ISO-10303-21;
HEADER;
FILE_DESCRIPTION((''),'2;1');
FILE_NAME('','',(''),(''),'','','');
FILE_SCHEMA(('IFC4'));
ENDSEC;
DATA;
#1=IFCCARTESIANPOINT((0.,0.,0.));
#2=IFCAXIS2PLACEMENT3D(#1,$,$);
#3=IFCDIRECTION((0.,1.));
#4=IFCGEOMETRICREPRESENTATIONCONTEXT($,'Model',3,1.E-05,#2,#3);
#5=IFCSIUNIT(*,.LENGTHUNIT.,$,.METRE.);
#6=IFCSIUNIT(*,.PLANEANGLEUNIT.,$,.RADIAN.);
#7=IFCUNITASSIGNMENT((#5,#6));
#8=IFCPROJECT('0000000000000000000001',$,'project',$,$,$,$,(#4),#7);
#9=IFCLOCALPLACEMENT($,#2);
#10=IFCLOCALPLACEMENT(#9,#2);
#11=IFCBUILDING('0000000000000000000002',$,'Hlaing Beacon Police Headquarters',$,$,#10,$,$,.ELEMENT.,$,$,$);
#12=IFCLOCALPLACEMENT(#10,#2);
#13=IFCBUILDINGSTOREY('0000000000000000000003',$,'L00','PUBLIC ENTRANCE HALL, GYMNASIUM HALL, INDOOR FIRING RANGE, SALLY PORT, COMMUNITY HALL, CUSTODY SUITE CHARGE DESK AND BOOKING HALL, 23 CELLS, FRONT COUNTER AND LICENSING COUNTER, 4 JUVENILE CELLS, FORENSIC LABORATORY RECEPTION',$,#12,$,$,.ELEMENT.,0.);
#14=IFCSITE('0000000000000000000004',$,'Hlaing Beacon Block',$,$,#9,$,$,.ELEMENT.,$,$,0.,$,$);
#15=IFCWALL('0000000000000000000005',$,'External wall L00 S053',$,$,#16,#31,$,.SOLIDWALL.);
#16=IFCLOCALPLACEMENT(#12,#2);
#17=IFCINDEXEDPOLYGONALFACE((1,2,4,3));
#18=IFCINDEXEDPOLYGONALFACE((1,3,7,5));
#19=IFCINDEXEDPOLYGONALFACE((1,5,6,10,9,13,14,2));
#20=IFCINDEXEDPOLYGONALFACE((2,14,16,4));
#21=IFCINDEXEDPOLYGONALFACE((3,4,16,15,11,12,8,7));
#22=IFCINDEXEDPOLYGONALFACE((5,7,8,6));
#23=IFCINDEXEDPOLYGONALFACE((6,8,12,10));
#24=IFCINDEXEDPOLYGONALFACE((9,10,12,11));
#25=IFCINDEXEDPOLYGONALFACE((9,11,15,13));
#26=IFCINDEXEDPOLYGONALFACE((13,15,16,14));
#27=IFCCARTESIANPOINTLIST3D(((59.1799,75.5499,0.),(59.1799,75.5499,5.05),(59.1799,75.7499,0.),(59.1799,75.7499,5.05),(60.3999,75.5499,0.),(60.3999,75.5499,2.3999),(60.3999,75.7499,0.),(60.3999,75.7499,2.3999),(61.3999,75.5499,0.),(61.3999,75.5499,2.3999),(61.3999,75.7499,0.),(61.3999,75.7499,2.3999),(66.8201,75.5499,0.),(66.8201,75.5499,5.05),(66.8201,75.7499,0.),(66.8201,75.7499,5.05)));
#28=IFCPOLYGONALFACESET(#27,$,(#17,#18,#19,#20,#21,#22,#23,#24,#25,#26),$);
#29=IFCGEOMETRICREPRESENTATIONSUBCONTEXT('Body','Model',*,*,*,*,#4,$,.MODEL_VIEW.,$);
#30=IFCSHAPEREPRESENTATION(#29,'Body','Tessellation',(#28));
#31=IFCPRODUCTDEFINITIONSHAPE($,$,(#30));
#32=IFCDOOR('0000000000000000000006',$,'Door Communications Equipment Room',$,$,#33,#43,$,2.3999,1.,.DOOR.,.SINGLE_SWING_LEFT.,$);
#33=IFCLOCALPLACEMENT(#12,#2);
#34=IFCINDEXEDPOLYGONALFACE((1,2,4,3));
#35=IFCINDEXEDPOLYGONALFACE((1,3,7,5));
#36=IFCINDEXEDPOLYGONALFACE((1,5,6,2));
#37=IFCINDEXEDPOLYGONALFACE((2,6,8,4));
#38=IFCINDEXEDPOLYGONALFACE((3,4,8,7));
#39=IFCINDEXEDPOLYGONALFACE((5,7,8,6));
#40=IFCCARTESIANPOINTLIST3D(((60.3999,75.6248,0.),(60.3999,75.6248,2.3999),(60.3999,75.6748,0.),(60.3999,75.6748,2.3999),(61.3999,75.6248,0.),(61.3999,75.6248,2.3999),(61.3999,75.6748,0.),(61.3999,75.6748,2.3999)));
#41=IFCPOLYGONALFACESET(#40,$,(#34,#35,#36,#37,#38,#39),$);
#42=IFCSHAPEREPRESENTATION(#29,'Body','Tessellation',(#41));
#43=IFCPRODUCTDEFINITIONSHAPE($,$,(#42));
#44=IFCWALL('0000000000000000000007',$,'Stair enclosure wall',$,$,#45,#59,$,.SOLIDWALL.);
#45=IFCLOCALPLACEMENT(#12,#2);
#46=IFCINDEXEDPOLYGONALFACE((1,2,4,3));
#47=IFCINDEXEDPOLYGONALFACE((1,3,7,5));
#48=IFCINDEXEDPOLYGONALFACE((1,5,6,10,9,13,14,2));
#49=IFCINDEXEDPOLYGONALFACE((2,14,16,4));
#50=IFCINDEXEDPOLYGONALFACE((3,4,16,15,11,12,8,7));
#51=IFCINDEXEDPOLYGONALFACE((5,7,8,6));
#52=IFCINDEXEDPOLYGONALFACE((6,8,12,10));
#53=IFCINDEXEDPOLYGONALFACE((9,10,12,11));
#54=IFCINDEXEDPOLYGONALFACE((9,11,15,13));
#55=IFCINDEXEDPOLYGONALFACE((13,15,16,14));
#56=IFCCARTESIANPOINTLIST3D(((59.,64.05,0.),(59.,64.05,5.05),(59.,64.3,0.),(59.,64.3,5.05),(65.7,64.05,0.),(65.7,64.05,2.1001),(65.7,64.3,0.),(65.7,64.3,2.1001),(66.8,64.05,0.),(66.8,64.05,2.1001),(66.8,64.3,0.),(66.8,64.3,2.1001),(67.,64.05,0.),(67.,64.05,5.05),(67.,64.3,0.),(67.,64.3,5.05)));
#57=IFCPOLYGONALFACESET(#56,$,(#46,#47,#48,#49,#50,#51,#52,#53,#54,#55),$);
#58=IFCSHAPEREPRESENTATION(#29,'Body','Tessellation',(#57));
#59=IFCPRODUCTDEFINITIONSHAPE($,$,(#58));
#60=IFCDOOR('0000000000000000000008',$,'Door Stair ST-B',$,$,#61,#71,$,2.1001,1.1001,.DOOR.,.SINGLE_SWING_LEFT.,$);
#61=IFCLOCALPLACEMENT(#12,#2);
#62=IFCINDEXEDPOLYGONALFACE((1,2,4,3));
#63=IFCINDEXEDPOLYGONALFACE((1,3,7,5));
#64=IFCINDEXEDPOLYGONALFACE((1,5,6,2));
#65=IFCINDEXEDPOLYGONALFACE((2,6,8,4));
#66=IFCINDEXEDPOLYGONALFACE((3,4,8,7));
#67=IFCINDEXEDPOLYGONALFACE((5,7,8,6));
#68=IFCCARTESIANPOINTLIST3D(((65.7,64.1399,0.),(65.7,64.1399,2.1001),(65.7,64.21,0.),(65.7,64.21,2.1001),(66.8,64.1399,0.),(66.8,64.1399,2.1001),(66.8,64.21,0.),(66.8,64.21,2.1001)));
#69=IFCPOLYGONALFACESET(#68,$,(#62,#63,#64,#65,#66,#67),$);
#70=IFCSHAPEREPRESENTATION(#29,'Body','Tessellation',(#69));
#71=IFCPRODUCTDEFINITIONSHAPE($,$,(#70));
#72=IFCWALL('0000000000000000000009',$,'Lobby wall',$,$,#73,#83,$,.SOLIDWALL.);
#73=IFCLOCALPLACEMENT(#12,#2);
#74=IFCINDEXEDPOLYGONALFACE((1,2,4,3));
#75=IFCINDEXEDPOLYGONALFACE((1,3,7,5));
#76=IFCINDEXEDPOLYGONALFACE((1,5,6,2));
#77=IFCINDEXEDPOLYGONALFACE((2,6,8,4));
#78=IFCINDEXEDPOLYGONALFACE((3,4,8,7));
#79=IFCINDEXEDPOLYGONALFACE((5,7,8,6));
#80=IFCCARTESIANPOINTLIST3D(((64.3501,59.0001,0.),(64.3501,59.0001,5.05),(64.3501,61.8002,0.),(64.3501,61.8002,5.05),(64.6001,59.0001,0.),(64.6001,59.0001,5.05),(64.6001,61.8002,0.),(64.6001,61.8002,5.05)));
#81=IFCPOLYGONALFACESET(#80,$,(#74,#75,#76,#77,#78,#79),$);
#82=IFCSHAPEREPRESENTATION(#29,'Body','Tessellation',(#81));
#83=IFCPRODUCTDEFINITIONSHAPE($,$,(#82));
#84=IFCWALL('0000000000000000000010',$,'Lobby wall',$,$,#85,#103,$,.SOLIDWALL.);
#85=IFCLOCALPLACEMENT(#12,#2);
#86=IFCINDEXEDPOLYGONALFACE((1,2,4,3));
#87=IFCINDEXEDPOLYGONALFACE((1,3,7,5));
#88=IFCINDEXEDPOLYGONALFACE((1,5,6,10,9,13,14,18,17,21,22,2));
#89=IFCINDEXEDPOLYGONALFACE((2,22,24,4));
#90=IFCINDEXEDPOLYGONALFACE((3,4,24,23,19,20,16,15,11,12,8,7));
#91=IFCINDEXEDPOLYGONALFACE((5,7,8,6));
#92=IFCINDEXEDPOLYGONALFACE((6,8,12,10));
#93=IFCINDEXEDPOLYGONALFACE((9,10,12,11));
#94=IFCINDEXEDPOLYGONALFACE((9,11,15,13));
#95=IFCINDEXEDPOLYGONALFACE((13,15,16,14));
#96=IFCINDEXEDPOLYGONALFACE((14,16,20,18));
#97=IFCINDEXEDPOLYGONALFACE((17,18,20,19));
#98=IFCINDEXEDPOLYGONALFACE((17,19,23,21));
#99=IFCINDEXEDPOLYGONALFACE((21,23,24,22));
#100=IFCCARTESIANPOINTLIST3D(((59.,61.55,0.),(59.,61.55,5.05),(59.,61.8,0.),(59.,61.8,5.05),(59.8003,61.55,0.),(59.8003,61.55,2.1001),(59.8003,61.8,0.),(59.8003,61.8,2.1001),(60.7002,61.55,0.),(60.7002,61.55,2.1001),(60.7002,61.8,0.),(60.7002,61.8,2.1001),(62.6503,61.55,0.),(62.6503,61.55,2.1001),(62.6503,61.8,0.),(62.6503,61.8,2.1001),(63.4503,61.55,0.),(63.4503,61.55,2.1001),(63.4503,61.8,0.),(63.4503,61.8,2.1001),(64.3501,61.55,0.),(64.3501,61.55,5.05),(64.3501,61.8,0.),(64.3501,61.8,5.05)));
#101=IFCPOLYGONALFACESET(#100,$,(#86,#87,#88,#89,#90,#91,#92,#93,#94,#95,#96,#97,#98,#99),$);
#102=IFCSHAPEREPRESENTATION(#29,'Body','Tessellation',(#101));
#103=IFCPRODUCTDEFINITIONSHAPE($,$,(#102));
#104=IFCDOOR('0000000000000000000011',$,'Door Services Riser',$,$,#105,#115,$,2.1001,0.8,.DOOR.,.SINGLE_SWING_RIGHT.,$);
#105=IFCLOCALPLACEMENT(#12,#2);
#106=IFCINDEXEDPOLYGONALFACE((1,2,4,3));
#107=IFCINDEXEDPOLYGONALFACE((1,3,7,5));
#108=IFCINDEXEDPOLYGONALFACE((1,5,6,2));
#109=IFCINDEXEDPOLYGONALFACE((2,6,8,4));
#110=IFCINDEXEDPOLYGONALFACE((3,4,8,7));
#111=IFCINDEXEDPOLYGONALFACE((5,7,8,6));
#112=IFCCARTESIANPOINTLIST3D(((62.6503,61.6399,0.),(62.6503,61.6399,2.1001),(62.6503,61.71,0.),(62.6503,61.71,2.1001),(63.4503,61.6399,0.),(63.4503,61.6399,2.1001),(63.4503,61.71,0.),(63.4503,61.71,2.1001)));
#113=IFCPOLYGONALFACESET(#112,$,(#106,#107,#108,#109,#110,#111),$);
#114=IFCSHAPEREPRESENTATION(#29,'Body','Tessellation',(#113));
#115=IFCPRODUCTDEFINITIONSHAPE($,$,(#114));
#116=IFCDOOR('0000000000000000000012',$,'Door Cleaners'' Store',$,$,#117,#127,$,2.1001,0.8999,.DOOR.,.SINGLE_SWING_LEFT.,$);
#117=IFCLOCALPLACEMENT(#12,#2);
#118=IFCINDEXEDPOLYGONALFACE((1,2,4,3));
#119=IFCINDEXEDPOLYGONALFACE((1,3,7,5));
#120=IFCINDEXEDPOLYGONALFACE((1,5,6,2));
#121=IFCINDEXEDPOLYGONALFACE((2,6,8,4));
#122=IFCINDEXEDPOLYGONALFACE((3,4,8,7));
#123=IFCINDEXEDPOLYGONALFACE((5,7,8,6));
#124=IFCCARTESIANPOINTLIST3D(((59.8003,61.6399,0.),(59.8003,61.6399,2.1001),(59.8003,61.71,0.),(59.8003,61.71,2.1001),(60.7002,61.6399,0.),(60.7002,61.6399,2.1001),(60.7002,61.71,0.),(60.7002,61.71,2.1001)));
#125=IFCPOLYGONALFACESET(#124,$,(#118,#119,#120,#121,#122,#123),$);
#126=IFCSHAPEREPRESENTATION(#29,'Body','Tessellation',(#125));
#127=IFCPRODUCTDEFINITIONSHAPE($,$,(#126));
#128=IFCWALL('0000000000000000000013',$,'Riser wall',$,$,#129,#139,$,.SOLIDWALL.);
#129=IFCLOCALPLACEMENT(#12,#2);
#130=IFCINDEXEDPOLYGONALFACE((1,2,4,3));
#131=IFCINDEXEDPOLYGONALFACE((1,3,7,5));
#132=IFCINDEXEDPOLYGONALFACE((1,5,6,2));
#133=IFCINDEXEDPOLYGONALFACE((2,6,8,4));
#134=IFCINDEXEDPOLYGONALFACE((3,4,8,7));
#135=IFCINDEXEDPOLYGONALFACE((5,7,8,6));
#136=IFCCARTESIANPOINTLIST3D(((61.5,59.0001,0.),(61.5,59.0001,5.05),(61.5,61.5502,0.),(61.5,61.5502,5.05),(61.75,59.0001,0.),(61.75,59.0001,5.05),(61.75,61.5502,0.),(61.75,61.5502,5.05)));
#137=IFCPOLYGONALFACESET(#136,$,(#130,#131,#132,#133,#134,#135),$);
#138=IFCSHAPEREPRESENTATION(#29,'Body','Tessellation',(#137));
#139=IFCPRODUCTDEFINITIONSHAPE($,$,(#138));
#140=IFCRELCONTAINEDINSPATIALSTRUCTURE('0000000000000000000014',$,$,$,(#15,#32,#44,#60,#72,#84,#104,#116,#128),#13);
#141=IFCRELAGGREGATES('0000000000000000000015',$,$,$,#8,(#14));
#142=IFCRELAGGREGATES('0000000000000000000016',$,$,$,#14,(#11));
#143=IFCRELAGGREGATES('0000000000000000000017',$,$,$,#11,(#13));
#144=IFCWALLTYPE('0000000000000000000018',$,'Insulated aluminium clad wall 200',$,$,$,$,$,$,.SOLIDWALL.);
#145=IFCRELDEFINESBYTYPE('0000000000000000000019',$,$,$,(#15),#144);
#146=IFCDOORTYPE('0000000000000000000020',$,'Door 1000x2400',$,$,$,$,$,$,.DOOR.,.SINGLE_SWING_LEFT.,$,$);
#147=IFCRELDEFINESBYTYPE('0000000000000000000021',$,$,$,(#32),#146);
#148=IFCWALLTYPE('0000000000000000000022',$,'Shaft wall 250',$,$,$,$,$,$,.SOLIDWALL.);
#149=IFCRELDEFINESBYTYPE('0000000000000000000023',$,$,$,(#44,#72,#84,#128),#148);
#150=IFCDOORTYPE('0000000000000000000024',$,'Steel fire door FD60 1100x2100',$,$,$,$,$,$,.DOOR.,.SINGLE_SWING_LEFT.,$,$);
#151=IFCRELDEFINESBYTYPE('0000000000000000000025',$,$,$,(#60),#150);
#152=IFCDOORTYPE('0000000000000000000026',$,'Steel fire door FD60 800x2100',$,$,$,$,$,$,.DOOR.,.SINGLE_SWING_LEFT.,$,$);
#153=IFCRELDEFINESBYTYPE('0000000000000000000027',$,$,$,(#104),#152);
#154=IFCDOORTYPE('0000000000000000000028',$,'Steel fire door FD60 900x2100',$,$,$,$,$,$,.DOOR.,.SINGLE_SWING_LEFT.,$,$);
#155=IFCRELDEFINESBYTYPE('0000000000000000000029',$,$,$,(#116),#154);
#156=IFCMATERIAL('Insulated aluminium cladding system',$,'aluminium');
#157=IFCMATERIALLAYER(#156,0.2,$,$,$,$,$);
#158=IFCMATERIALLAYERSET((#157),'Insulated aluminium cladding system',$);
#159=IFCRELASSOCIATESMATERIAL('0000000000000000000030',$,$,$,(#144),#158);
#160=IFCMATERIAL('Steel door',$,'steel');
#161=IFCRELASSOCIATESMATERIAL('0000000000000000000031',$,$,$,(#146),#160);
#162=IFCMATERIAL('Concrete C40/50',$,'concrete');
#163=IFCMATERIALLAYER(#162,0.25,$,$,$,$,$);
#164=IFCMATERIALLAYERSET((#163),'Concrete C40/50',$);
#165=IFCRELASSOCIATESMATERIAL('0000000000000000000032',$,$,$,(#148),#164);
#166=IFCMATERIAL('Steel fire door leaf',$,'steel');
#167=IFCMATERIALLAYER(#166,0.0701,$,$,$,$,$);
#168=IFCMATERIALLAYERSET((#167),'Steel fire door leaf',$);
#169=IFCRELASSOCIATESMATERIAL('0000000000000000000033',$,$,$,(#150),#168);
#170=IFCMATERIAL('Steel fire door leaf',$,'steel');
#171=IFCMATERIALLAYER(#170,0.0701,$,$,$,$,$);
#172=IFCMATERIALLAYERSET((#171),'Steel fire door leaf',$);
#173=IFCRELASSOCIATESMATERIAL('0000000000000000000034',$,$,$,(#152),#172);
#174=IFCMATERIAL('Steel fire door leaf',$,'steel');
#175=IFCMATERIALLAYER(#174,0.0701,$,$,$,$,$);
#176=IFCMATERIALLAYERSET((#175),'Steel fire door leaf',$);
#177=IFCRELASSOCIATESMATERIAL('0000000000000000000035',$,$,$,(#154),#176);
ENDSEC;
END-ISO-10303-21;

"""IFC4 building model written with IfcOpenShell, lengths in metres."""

from ifc_helpers import new_model, si_unit, direction, frame, frame_2d, origin, place, context, subcontext, project, spatial, rectangle, extrude, material, layer, layer_set, type_object, element, fill, save


model = new_model("IFC4")

# Units and contexts
model_context = context("Model", 3, precision=1e-05, world=origin(), true_north=direction((0.0, 1.0)))
body_context = subcontext(model_context, "Body", "Model", "MODEL_VIEW")
ifc_project = project(units=[si_unit("LENGTHUNIT", "METRE"), si_unit("PLANEANGLEUNIT", "RADIAN")], contexts=[model_context])

# Site, building, storey
site_placement = place(None, origin())
site = spatial("IfcSite", under=ifc_project, at=site_placement, Name="Hlaing Beacon Block", CompositionType="ELEMENT", RefElevation=0.0)
building_placement = place(site_placement, origin())
building = spatial("IfcBuilding", under=site, at=building_placement, Name="Hlaing Beacon Police Headquarters", CompositionType="ELEMENT")
storey_placement = place(building_placement, origin())
storey = spatial("IfcBuildingStorey", under=building, at=storey_placement, Name="L00", Description="PUBLIC ENTRANCE HALL, GYMNASIUM HALL, INDOOR FIRING RANGE, SALLY PORT, COMMUNITY HALL, CUSTODY SUITE CHARGE DESK AND BOOKING HALL, 23 CELLS, FRONT COUNTER AND LICENSING COUNTER, 4 JUVENILE CELLS, FORENSIC LABORATORY RECEPTION", CompositionType="ELEMENT", Elevation=0.0)

# Walls, openings, doors
ifc_material_1 = material(Name="Insulated aluminium cladding system", Category="aluminium")
ifc_layer_1 = layer(ifc_material_1, 0.2)
ifc_layer_set_1 = layer_set([ifc_layer_1], Name="Insulated aluminium cladding system")
wall_type_1 = type_object("IfcWallType", Name="Insulated aluminium clad wall 200", PredefinedType="SOLIDWALL", material=ifc_layer_set_1)
wall_1_placement = place(storey_placement, frame((59.1799, 75.6499, 0.0), z_axis=(0.0, 0.0, 1.0), x_axis=(1.0, 0.0, 0.0)))
wall_1 = element("IfcWall", 1, at=wall_1_placement, inside=storey, type_object=wall_type_1, Name="External wall L00 S053", PredefinedType="SOLIDWALL", context=body_context, shape_type="SweptSolid", body=[
    extrude(rectangle(XDim=7.6401, YDim=0.2, at=frame_2d((3.8201, 0.0))), origin(), (0.0, 0.0, 1.0), 5.05),
])
opening_1_placement = place(wall_1_placement, frame((1.22, 0.0, 0.0)))
opening_1 = element("IfcOpeningElement", 2, at=opening_1_placement, cuts=wall_1, PredefinedType="OPENING", context=body_context, shape_type="SweptSolid", body=[
    extrude(rectangle(XDim=1.0, YDim=2.3999, at=frame_2d((0.5, 1.2))), frame((0.0, 0.1099, 0.0), z_axis=(0.0, -1.0, 0.0), x_axis=(1.0, 0.0, 0.0)), (0.0, 0.0, 1.0), 0.22),
])
ifc_material_2 = material(Name="Steel door", Category="steel")
door_type_1 = type_object("IfcDoorType", Name="Door 1000x2400", OperationType="SINGLE_SWING_LEFT", PredefinedType="DOOR", material=ifc_material_2)
door_1_placement = place(opening_1_placement, frame((1.0, 0.0, 0.0), z_axis=(0.0, 0.0, 1.0), x_axis=(-1.0, 0.0, 0.0)))
door_1 = element("IfcDoor", 3, at=door_1_placement, inside=storey, type_object=door_type_1, Name="Door Communications Equipment Room", OperationType="SINGLE_SWING_LEFT", OverallHeight=2.3999, OverallWidth=1.0, PredefinedType="DOOR", context=body_context, shape_type="SweptSolid", body=[
    extrude(rectangle(XDim=1.0, YDim=2.3999, at=frame_2d((0.5, 1.2))), frame((0.0, 0.0251, 0.0), z_axis=(0.0, -1.0, 0.0), x_axis=(1.0, 0.0, 0.0)), (0.0, 0.0, 1.0), 0.05),
])
fill(opening_1, door_1)
ifc_material_3 = material(Name="Concrete C40/50", Category="concrete")
ifc_layer_2 = layer(ifc_material_3, 0.25)
ifc_layer_set_2 = layer_set([ifc_layer_2], Name="Concrete C40/50")
wall_type_2 = type_object("IfcWallType", Name="Shaft wall 250", PredefinedType="SOLIDWALL", material=ifc_layer_set_2)
wall_2_placement = place(storey_placement, frame((67.0, 64.175, 0.0), z_axis=(0.0, 0.0, 1.0), x_axis=(-1.0, 0.0, 0.0)))
wall_2 = element("IfcWall", 4, at=wall_2_placement, inside=storey, type_object=wall_type_2, Name="Stair enclosure wall", PredefinedType="SOLIDWALL", context=body_context, shape_type="SweptSolid", body=[
    extrude(rectangle(XDim=8.0, YDim=0.25, at=frame_2d((4.0, 0.0))), origin(), (0.0, 0.0, 1.0), 5.05),
])
opening_2_placement = place(wall_2_placement, frame((0.2, 0.0, 0.0)))
opening_2 = element("IfcOpeningElement", 5, at=opening_2_placement, cuts=wall_2, PredefinedType="OPENING", context=body_context, shape_type="SweptSolid", body=[
    extrude(rectangle(XDim=1.1001, YDim=2.1001, at=frame_2d((0.55, 1.05))), frame((0.0, 0.135, 0.0), z_axis=(0.0, -1.0, 0.0), x_axis=(1.0, 0.0, 0.0)), (0.0, 0.0, 1.0), 0.27),
])
ifc_material_4 = material(Name="Steel fire door leaf", Category="steel")
ifc_layer_3 = layer(ifc_material_4, 0.0701)
ifc_layer_set_3 = layer_set([ifc_layer_3], Name="Steel fire door leaf")
door_type_2 = type_object("IfcDoorType", Name="Steel fire door FD60 1100x2100", OperationType="SINGLE_SWING_LEFT", PredefinedType="DOOR", material=ifc_layer_set_3)
door_2_placement = place(opening_2_placement, frame((1.1001, 0.0, 0.0), z_axis=(0.0, 0.0, 1.0), x_axis=(-1.0, 0.0, 0.0)))
door_2 = element("IfcDoor", 6, at=door_2_placement, inside=storey, type_object=door_type_2, Name="Door Stair ST-B", OperationType="SINGLE_SWING_LEFT", OverallHeight=2.1001, OverallWidth=1.1001, PredefinedType="DOOR", context=body_context, shape_type="SweptSolid", body=[
    extrude(rectangle(XDim=1.1001, YDim=2.1001, at=frame_2d((0.55, 1.05))), frame((0.0, 0.0349, 0.0), z_axis=(0.0, -1.0, 0.0), x_axis=(1.0, 0.0, 0.0)), (0.0, 0.0, 1.0), 0.0701),
])
fill(opening_2, door_2)

# Wall
wall_3_placement = place(storey_placement, frame((64.4751, 61.8, 0.0), z_axis=(0.0, 0.0, 1.0), x_axis=(0.0, -1.0, 0.0)))
element("IfcWall", 7, at=wall_3_placement, inside=storey, type_object=wall_type_2, Name="Lobby wall", PredefinedType="SOLIDWALL", context=body_context, shape_type="SweptSolid", body=[
    extrude(rectangle(XDim=2.8, YDim=0.25, at=frame_2d((1.3999, 0.0))), origin(), (0.0, 0.0, 1.0), 5.05),
])

# Wall, openings, doors
wall_4_placement = place(storey_placement, frame((64.3501, 61.675, 0.0), z_axis=(0.0, 0.0, 1.0), x_axis=(-1.0, 0.0, 0.0)))
wall_4 = element("IfcWall", 8, at=wall_4_placement, inside=storey, type_object=wall_type_2, Name="Lobby wall", PredefinedType="SOLIDWALL", context=body_context, shape_type="SweptSolid", body=[
    extrude(rectangle(XDim=5.3501, YDim=0.25, at=frame_2d((2.675, 0.0))), origin(), (0.0, 0.0, 1.0), 5.05),
])
opening_3_placement = place(wall_4_placement, frame((3.6499, 0.0, 0.0)))
opening_3 = element("IfcOpeningElement", 9, at=opening_3_placement, cuts=wall_4, PredefinedType="OPENING", context=body_context, shape_type="SweptSolid", body=[
    extrude(rectangle(XDim=0.8999, YDim=2.1001, at=frame_2d((0.45, 1.05))), frame((0.0, 0.135, 0.0), z_axis=(0.0, -1.0, 0.0), x_axis=(1.0, 0.0, 0.0)), (0.0, 0.0, 1.0), 0.27),
])
opening_4_placement = place(wall_4_placement, frame((0.8999, 0.0, 0.0)))
opening_4 = element("IfcOpeningElement", 10, at=opening_4_placement, cuts=wall_4, PredefinedType="OPENING", context=body_context, shape_type="SweptSolid", body=[
    extrude(rectangle(XDim=0.8, YDim=2.1001, at=frame_2d((0.3999, 1.05))), frame((0.0, 0.135, 0.0), z_axis=(0.0, -1.0, 0.0), x_axis=(1.0, 0.0, 0.0)), (0.0, 0.0, 1.0), 0.27),
])
ifc_material_5 = material(Name="Steel fire door leaf", Category="steel")
ifc_layer_4 = layer(ifc_material_5, 0.0701)
ifc_layer_set_4 = layer_set([ifc_layer_4], Name="Steel fire door leaf")
door_type_3 = type_object("IfcDoorType", Name="Steel fire door FD60 800x2100", OperationType="SINGLE_SWING_LEFT", PredefinedType="DOOR", material=ifc_layer_set_4)
door_3_placement = place(opening_4_placement, origin())
door_3 = element("IfcDoor", 11, at=door_3_placement, inside=storey, type_object=door_type_3, Name="Door Services Riser", OperationType="SINGLE_SWING_RIGHT", OverallHeight=2.1001, OverallWidth=0.8, PredefinedType="DOOR", context=body_context, shape_type="SweptSolid", body=[
    extrude(rectangle(XDim=0.8, YDim=2.1001, at=frame_2d((0.3999, 1.05))), frame((0.0, 0.0352, 0.0), z_axis=(0.0, -1.0, 0.0), x_axis=(1.0, 0.0, 0.0)), (0.0, 0.0, 1.0), 0.0701),
])
fill(opening_4, door_3)
ifc_material_6 = material(Name="Steel fire door leaf", Category="steel")
ifc_layer_5 = layer(ifc_material_6, 0.0701)
ifc_layer_set_5 = layer_set([ifc_layer_5], Name="Steel fire door leaf")
door_type_4 = type_object("IfcDoorType", Name="Steel fire door FD60 900x2100", OperationType="SINGLE_SWING_LEFT", PredefinedType="DOOR", material=ifc_layer_set_5)
door_4_placement = place(opening_3_placement, origin())
door_4 = element("IfcDoor", 12, at=door_4_placement, inside=storey, type_object=door_type_4, Name="Door Cleaners' Store", OperationType="SINGLE_SWING_LEFT", OverallHeight=2.1001, OverallWidth=0.8999, PredefinedType="DOOR", context=body_context, shape_type="SweptSolid", body=[
    extrude(rectangle(XDim=0.8999, YDim=2.1001, at=frame_2d((0.45, 1.05))), frame((0.0, 0.0352, 0.0), z_axis=(0.0, -1.0, 0.0), x_axis=(1.0, 0.0, 0.0)), (0.0, 0.0, 1.0), 0.0701),
])
fill(opening_3, door_4)

# Wall
wall_5_placement = place(storey_placement, frame((61.625, 61.55, 0.0), z_axis=(0.0, 0.0, 1.0), x_axis=(0.0, -1.0, 0.0)))
element("IfcWall", 13, at=wall_5_placement, inside=storey, type_object=wall_type_2, Name="Riser wall", PredefinedType="SOLIDWALL", context=body_context, shape_type="SweptSolid", body=[
    extrude(rectangle(XDim=2.55, YDim=0.25, at=frame_2d((1.2749, 0.0))), origin(), (0.0, 0.0, 1.0), 5.05),
])

save(model, "model.ifc")
